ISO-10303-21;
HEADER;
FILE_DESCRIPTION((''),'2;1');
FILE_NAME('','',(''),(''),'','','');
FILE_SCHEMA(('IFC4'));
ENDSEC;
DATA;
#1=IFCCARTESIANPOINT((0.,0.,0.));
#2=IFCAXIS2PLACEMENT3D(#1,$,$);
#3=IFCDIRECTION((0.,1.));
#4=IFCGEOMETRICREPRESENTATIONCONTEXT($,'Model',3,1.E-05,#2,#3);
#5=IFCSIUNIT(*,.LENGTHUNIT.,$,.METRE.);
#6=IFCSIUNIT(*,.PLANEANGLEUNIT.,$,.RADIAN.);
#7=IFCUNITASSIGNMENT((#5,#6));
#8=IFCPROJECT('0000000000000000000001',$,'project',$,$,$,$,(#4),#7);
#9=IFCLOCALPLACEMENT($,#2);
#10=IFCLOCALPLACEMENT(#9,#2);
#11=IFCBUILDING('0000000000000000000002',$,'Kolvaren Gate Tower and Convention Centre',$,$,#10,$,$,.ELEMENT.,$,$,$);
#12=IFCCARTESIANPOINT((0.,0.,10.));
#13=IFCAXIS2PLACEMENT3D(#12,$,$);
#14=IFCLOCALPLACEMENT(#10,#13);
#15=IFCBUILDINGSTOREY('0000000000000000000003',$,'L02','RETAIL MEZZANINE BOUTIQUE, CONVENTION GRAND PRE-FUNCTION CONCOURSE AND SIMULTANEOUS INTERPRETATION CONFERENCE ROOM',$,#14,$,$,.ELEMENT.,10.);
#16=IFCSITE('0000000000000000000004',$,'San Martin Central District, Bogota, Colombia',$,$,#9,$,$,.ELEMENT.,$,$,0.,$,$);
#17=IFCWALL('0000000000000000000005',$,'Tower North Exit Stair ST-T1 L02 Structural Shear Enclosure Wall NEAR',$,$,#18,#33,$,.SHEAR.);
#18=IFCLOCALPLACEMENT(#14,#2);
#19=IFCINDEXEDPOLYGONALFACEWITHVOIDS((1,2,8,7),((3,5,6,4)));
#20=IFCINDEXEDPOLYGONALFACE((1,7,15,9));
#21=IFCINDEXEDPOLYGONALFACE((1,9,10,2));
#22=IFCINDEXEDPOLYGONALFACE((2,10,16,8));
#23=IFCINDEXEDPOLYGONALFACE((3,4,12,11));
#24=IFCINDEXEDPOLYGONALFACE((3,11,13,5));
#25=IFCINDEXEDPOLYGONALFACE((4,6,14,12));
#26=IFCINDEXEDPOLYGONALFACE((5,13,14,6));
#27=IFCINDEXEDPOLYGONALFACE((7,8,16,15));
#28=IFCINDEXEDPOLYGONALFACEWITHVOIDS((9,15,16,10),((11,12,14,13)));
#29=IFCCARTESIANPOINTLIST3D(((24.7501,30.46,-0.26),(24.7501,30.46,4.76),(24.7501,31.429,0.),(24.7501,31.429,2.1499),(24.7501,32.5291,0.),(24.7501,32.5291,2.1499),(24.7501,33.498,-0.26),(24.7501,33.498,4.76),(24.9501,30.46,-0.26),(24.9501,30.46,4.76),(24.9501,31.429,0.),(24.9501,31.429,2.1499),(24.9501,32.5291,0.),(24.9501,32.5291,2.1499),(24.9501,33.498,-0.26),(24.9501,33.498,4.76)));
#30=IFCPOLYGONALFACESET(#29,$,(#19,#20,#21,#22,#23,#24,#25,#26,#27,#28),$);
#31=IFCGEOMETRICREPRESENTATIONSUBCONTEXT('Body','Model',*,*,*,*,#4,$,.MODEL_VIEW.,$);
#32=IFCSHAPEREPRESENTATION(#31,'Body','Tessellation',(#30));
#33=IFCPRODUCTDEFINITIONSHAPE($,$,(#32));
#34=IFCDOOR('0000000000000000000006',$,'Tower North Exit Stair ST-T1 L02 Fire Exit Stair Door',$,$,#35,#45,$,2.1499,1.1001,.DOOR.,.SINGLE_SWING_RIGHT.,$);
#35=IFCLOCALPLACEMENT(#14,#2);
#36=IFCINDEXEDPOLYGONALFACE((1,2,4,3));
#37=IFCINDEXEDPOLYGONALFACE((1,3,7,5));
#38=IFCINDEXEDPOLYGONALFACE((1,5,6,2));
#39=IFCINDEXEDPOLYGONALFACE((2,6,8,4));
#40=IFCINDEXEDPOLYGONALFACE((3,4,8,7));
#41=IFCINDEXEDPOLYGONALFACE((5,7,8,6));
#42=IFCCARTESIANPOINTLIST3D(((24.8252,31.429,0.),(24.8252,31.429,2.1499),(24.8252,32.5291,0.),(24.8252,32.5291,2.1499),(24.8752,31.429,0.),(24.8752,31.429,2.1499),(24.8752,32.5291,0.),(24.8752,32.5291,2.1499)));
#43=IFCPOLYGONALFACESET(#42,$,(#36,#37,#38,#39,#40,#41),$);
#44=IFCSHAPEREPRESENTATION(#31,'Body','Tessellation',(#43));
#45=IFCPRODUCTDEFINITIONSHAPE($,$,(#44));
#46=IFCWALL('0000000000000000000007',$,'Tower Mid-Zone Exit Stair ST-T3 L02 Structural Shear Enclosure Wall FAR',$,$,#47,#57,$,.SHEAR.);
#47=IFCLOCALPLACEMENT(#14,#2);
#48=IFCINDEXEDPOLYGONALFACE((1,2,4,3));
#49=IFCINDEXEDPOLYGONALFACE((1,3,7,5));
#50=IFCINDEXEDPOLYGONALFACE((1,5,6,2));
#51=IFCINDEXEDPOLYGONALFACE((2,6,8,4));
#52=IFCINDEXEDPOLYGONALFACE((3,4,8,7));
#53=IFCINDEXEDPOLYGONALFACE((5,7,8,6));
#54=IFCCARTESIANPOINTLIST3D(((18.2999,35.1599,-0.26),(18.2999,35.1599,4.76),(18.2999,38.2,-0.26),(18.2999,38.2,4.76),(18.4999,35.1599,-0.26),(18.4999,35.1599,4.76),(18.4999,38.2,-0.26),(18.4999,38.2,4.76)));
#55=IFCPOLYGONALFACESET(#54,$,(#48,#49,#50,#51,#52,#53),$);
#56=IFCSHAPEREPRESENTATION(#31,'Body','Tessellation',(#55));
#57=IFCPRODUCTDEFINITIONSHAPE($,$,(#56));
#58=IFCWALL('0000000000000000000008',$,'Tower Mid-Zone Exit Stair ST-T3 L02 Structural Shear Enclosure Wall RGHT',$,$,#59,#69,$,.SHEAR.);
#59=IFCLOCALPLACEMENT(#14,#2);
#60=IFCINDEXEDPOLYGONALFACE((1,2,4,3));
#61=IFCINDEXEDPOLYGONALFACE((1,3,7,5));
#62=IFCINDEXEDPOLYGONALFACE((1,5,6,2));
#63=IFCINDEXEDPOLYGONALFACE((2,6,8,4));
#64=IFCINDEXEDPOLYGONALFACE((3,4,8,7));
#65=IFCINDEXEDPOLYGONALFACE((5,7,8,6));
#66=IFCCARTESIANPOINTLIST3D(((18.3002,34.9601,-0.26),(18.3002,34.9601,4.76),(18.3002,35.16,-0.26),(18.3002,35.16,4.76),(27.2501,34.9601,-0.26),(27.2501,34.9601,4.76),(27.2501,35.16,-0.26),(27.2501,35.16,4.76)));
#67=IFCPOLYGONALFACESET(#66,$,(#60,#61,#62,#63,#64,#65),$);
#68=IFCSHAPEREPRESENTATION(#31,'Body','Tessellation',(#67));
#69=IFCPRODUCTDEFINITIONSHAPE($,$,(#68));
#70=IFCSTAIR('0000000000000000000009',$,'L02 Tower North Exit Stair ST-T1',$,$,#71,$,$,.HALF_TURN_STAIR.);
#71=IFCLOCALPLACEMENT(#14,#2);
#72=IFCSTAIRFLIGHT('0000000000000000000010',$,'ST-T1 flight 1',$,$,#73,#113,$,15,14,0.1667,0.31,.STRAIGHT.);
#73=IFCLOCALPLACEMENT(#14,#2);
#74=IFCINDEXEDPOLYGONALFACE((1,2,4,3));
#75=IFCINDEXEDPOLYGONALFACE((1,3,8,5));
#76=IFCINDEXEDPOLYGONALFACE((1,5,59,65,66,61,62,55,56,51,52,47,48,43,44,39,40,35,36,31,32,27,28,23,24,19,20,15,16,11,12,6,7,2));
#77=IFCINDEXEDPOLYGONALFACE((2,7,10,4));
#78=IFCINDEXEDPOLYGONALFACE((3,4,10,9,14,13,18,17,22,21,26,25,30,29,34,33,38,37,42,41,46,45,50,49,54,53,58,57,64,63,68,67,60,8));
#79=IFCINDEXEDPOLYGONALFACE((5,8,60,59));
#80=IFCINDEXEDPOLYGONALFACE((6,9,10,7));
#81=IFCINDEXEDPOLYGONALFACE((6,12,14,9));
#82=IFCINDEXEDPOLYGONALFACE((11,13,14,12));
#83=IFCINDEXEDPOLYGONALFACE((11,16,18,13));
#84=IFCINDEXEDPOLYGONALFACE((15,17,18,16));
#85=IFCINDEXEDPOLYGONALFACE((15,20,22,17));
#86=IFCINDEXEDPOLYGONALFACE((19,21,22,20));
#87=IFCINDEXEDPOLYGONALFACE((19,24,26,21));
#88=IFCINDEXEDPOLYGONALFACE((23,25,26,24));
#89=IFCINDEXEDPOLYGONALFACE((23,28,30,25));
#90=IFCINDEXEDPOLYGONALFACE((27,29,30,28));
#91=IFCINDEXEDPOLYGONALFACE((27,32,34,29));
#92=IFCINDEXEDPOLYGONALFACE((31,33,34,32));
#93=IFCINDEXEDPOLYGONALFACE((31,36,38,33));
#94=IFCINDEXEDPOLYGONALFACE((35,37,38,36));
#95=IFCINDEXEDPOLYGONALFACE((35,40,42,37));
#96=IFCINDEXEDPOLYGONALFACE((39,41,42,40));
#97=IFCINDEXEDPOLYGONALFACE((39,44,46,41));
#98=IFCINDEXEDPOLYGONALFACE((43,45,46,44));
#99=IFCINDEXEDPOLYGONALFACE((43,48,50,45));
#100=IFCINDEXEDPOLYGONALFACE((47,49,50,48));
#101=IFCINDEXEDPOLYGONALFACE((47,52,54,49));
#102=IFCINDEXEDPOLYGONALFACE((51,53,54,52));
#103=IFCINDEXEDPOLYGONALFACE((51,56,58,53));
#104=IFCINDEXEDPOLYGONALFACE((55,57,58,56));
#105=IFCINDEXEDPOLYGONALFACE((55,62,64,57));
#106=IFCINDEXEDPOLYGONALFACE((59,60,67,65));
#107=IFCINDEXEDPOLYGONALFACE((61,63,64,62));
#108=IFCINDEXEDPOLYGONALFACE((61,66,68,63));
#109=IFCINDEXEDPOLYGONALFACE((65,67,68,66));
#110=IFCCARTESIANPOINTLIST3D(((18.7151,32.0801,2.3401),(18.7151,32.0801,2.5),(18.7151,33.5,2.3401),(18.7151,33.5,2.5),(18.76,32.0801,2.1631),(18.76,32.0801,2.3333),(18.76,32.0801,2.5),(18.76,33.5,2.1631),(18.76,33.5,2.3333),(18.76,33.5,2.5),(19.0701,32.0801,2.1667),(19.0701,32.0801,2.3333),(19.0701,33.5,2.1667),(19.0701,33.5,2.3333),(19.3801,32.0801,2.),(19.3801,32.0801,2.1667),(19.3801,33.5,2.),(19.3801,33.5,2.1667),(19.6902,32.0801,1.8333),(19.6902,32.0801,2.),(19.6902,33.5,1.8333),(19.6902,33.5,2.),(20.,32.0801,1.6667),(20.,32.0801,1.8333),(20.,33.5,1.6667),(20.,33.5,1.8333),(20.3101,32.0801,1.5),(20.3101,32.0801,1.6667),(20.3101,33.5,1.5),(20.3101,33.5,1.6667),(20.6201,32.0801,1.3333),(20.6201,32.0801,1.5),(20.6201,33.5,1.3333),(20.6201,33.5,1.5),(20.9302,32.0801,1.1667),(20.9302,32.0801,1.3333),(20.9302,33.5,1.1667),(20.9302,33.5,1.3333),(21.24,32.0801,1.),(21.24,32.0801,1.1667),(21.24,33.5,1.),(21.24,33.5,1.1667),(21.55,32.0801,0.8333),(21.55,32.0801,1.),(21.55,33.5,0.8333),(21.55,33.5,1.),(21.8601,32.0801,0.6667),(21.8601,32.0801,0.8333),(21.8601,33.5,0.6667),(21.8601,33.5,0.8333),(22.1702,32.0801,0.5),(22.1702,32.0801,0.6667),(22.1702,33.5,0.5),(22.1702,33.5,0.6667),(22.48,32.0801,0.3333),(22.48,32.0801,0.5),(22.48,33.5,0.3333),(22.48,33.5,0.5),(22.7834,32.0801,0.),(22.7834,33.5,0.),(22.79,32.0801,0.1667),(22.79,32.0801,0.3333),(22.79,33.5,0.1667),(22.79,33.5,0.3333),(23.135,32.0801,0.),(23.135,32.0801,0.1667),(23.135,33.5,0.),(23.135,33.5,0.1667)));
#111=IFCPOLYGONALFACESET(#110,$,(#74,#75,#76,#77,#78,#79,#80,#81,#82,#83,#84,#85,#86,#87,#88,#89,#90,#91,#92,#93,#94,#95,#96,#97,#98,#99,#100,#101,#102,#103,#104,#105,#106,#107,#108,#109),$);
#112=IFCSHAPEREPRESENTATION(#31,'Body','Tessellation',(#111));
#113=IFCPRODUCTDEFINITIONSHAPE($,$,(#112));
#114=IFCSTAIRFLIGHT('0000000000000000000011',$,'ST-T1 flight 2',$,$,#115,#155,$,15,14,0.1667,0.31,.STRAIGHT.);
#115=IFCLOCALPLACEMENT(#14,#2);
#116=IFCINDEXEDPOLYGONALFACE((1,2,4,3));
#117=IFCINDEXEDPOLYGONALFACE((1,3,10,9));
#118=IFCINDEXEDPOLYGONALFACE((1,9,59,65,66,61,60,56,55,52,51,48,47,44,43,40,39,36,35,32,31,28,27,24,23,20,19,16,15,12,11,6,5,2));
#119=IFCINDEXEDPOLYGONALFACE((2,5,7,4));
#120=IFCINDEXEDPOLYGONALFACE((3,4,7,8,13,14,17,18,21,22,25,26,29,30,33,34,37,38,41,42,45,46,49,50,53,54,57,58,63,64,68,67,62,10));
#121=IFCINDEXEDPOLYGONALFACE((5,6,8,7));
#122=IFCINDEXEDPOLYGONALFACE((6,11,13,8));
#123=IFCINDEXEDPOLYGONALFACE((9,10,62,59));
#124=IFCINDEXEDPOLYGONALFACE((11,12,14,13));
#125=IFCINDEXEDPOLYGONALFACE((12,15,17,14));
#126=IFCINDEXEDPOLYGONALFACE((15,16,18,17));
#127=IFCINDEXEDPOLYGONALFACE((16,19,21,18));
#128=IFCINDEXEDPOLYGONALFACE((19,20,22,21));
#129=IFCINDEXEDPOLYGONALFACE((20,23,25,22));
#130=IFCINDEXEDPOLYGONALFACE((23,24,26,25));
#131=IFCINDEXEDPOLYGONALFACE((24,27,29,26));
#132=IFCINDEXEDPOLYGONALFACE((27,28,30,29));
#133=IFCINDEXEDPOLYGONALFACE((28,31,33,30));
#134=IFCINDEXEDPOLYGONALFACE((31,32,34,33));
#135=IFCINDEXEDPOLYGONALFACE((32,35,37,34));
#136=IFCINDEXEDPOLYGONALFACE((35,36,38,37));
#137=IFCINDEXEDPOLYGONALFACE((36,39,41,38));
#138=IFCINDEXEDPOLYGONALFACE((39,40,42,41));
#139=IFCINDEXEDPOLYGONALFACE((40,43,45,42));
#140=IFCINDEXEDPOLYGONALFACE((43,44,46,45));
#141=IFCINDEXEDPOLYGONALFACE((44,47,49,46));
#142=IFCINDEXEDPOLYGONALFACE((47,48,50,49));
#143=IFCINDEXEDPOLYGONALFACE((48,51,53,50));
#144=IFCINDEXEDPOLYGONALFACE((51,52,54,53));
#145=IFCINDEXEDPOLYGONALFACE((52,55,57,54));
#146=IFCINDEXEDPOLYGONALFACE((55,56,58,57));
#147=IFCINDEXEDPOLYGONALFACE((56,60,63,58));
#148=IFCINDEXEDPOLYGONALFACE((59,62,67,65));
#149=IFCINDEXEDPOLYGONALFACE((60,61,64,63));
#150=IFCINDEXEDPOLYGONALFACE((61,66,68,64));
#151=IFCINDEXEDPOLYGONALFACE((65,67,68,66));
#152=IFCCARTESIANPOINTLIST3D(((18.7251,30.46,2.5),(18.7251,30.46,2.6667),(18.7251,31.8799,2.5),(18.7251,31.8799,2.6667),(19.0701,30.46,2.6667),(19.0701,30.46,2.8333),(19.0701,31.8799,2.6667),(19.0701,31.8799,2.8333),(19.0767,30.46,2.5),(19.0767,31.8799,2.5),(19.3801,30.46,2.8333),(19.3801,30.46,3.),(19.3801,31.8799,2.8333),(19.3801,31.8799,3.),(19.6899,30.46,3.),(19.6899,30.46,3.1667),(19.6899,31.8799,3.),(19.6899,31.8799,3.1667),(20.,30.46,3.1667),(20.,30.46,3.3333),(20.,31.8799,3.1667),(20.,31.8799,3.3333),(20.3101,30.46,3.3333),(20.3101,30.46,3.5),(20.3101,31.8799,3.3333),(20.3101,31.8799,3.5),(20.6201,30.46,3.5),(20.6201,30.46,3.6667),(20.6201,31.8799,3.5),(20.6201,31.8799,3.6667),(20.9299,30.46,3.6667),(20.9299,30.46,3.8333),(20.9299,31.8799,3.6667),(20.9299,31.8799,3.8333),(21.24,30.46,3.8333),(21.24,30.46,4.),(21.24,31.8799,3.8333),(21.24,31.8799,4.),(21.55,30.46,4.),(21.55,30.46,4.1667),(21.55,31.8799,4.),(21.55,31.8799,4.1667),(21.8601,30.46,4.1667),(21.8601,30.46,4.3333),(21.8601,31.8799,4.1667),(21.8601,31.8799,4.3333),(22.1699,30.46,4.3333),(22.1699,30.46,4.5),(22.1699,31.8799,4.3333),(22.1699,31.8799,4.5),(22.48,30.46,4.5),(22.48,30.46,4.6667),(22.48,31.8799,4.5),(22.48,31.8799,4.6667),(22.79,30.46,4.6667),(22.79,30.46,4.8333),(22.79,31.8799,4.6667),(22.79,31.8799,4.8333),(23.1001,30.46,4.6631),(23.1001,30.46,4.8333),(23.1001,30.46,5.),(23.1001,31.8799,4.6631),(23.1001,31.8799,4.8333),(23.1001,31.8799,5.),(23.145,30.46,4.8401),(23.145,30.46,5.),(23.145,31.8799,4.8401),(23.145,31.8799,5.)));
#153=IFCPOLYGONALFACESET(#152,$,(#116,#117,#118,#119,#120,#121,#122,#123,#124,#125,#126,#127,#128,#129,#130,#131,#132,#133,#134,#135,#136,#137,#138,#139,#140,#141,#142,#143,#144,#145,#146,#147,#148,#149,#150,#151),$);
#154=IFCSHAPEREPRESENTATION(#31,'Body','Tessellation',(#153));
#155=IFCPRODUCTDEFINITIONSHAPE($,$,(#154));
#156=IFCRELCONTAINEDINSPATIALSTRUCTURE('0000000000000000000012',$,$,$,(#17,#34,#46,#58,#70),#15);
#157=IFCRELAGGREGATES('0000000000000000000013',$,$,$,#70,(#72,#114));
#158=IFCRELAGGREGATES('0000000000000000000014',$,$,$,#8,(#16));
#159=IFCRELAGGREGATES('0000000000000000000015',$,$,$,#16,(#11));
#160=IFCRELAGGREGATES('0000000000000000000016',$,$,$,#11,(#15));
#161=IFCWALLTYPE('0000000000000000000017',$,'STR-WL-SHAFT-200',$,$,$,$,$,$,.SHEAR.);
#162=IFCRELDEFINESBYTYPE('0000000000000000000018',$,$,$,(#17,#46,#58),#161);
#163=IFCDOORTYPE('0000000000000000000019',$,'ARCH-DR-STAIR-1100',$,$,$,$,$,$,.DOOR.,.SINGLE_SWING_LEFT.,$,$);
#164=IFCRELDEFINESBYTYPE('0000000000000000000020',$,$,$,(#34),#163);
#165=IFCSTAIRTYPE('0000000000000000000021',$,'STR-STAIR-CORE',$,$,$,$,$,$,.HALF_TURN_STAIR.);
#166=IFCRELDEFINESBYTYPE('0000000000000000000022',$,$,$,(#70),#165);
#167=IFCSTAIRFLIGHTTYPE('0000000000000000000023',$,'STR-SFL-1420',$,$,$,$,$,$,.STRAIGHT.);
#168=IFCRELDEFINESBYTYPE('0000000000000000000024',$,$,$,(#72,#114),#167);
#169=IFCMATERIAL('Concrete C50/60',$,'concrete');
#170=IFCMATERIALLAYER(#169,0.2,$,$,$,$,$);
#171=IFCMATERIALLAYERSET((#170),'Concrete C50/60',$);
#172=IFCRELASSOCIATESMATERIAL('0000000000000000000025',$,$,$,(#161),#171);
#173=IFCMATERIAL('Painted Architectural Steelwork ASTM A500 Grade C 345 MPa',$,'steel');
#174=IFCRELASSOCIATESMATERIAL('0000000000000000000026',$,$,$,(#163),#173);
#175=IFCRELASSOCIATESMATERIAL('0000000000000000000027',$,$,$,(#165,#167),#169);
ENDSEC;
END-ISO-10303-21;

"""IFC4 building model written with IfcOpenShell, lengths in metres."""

from ifc_helpers import new_model, si_unit, direction, frame, frame_2d, origin, place, context, subcontext, project, spatial, polyline, rectangle, outline, extrude, material, layer, layer_set, type_object, element, fill, aggregate, save


model = new_model("IFC4")

# Units and contexts
model_context = context("Model", 3, precision=1e-05, world=origin(), true_north=direction((0.0, 1.0)))
body_context = subcontext(model_context, "Body", "Model", "MODEL_VIEW")
ifc_project = project(units=[si_unit("LENGTHUNIT", "METRE"), si_unit("PLANEANGLEUNIT", "RADIAN")], contexts=[model_context])

# Site, building, storey
site_placement = place(None, origin())
site = spatial("IfcSite", under=ifc_project, at=site_placement, Name="San Martin Central District, Bogota, Colombia", CompositionType="ELEMENT", RefElevation=0.0)
building_placement = place(site_placement, origin())
building = spatial("IfcBuilding", under=site, at=building_placement, Name="Kolvaren Gate Tower and Convention Centre", CompositionType="ELEMENT")
storey_placement = place(building_placement, frame((0.0, 0.0, 10.0)))
storey = spatial("IfcBuildingStorey", under=building, at=storey_placement, Name="L02", Description="RETAIL MEZZANINE BOUTIQUE, CONVENTION GRAND PRE-FUNCTION CONCOURSE AND SIMULTANEOUS INTERPRETATION CONFERENCE ROOM", CompositionType="ELEMENT", Elevation=10.0)

# Wall, opening, door
ifc_material_1 = material(Name="Concrete C50/60", Category="concrete")
ifc_layer_1 = layer(ifc_material_1, 0.2)
ifc_layer_set_1 = layer_set([ifc_layer_1], Name="Concrete C50/60")
wall_type_1 = type_object("IfcWallType", Name="STR-WL-SHAFT-200", PredefinedType="SHEAR", material=ifc_layer_set_1)
wall_1_placement = place(storey_placement, frame((24.8501, 30.46, -0.26), z_axis=(0.0, 0.0, 1.0), x_axis=(0.0, 1.0, 0.0)))
wall_1 = element("IfcWall", 1, at=wall_1_placement, inside=storey, type_object=wall_type_1, Name="Tower North Exit Stair ST-T1 L02 Structural Shear Enclosure Wall NEAR", PredefinedType="SHEAR", context=body_context, shape_type="SweptSolid", body=[
    extrude(rectangle(XDim=3.0381, YDim=0.2, at=frame_2d((1.519, 0.0))), origin(), (0.0, 0.0, 1.0), 5.02),
])
opening_1_placement = place(wall_1_placement, frame((0.969, 0.0, 0.26)))
opening_1 = element("IfcOpeningElement", 2, at=opening_1_placement, cuts=wall_1, PredefinedType="OPENING", context=body_context, shape_type="SweptSolid", body=[
    extrude(rectangle(XDim=1.1001, YDim=2.1499, at=frame_2d((0.55, 1.075))), frame((0.0, 0.1099, 0.0), z_axis=(0.0, -1.0, 0.0), x_axis=(1.0, 0.0, 0.0)), (0.0, 0.0, 1.0), 0.22),
])
ifc_material_2 = material(Name="Painted Architectural Steelwork ASTM A500 Grade C 345 MPa", Category="steel")
door_type_1 = type_object("IfcDoorType", Name="ARCH-DR-STAIR-1100", OperationType="SINGLE_SWING_LEFT", PredefinedType="DOOR", material=ifc_material_2)
door_1_placement = place(opening_1_placement, origin())
door_1 = element("IfcDoor", 3, at=door_1_placement, inside=storey, type_object=door_type_1, Name="Tower North Exit Stair ST-T1 L02 Fire Exit Stair Door", OperationType="SINGLE_SWING_RIGHT", OverallHeight=2.1499, OverallWidth=1.1001, PredefinedType="DOOR", context=body_context, shape_type="SweptSolid", body=[
    extrude(rectangle(XDim=1.1001, YDim=2.1499, at=frame_2d((0.55, 1.075))), frame((0.0, 0.0249, 0.0), z_axis=(0.0, -1.0, 0.0), x_axis=(1.0, 0.0, 0.0)), (0.0, 0.0, 1.0), 0.05),
])
fill(opening_1, door_1)

# Walls
wall_2_placement = place(storey_placement, frame((18.3999, 35.1599, -0.26), z_axis=(0.0, 0.0, 1.0), x_axis=(0.0, 1.0, 0.0)))
element("IfcWall", 4, at=wall_2_placement, inside=storey, type_object=wall_type_1, Name="Tower Mid-Zone Exit Stair ST-T3 L02 Structural Shear Enclosure Wall FAR", PredefinedType="SHEAR", context=body_context, shape_type="SweptSolid", body=[
    extrude(rectangle(XDim=3.04, YDim=0.2, at=frame_2d((1.52, 0.0))), origin(), (0.0, 0.0, 1.0), 5.02),
])
wall_3_placement = place(storey_placement, frame((18.3, 35.0601, -0.26), z_axis=(0.0, 0.0, 1.0), x_axis=(1.0, 0.0, 0.0)))
element("IfcWall", 5, at=wall_3_placement, inside=storey, type_object=wall_type_1, Name="Tower Mid-Zone Exit Stair ST-T3 L02 Structural Shear Enclosure Wall RGHT", PredefinedType="SHEAR", context=body_context, shape_type="SweptSolid", body=[
    extrude(rectangle(XDim=8.95, YDim=0.2, at=frame_2d((4.4751, 0.0))), origin(), (0.0, 0.0, 1.0), 5.02),
])

# Stair, stair flights
stair_type = type_object("IfcStairType", Name="STR-STAIR-CORE", PredefinedType="HALF_TURN_STAIR", material=ifc_material_1)
stair_1_placement = place(storey_placement, origin())
stair_1 = element("IfcStair", 6, at=stair_1_placement, inside=storey, type_object=stair_type, Name="L02 Tower North Exit Stair ST-T1", PredefinedType="HALF_TURN_STAIR")
stair_flight_type = type_object("IfcStairFlightType", Name="STR-SFL-1420", PredefinedType="STRAIGHT", material=ifc_material_1)
stair_flight_1_placement = place(storey_placement, frame((23.1001, 32.79, 0.0), z_axis=(0.0, 0.0, 1.0), x_axis=(-1.0, 0.0, 0.0)))
stair_flight_1 = element("IfcStairFlight", 7, at=stair_flight_1_placement, type_object=stair_flight_type, Name="ST-T1 flight 1", NumberOfRisers=15, NumberOfTreads=14, PredefinedType="STRAIGHT", RiserHeight=0.1667, TreadLength=0.31, context=body_context, shape_type="SweptSolid", body=[
    extrude(outline(polyline([(-0.0349, 0.0), (-0.0349, 0.1667), (0.3101, 0.1667), (0.3101, 0.3333), (0.6201, 0.3333), (0.6201, 0.5), (0.9299, 0.5), (0.9299, 0.6667), (1.24, 0.6667), (1.24, 0.8333), (1.55, 0.8333), (1.55, 1.0), (1.8601, 1.0), (1.8601, 1.1667), (2.1699, 1.1667), (2.1699, 1.3333), (2.48, 1.3333), (2.48, 1.5), (2.79, 1.5), (2.79, 1.6667), (3.1001, 1.6667), (3.1001, 1.8333), (3.4099, 1.8333), (3.4099, 2.0), (3.72, 2.0), (3.72, 2.1667), (4.03, 2.1667), (4.03, 2.3333), (4.3401, 2.3333), (4.3401, 2.5), (4.385, 2.5), (4.385, 2.3401), (4.3401, 2.1631), (0.3167, 0.0), (-0.0349, 0.0)])), frame((0.0, 0.71, 0.0), z_axis=(0.0, -1.0, 0.0), x_axis=(1.0, 0.0, 0.0)), (0.0, 0.0, 1.0), 1.4199),
])
stair_flight_2_placement = place(storey_placement, frame((18.76, 31.1699, 2.5), z_axis=(0.0, 0.0, 1.0), x_axis=(1.0, 0.0, 0.0)))
stair_flight_2 = element("IfcStairFlight", 8, at=stair_flight_2_placement, type_object=stair_flight_type, Name="ST-T1 flight 2", NumberOfRisers=15, NumberOfTreads=14, PredefinedType="STRAIGHT", RiserHeight=0.1667, TreadLength=0.31, context=body_context, shape_type="SweptSolid", body=[
    extrude(outline(polyline([(-0.0349, 0.0), (-0.0349, 0.1667), (0.3101, 0.1667), (0.3101, 0.3333), (0.6201, 0.3333), (0.6201, 0.5), (0.9299, 0.5), (0.9299, 0.6667), (1.24, 0.6667), (1.24, 0.8333), (1.55, 0.8333), (1.55, 1.0), (1.8601, 1.0), (1.8601, 1.1667), (2.1699, 1.1667), (2.1699, 1.3333), (2.48, 1.3333), (2.48, 1.5), (2.79, 1.5), (2.79, 1.6667), (3.1001, 1.6667), (3.1001, 1.8333), (3.4099, 1.8333), (3.4099, 2.0), (3.72, 2.0), (3.72, 2.1667), (4.03, 2.1667), (4.03, 2.3333), (4.3401, 2.3333), (4.3401, 2.5), (4.385, 2.5), (4.385, 2.3401), (4.3401, 2.1631), (0.3167, 0.0), (-0.0349, 0.0)])), frame((0.0, 0.71, 0.0), z_axis=(0.0, -1.0, 0.0), x_axis=(1.0, 0.0, 0.0)), (0.0, 0.0, 1.0), 1.4199),
])
aggregate(stair_1, [stair_flight_1, stair_flight_2])

save(model, "model.ifc")
